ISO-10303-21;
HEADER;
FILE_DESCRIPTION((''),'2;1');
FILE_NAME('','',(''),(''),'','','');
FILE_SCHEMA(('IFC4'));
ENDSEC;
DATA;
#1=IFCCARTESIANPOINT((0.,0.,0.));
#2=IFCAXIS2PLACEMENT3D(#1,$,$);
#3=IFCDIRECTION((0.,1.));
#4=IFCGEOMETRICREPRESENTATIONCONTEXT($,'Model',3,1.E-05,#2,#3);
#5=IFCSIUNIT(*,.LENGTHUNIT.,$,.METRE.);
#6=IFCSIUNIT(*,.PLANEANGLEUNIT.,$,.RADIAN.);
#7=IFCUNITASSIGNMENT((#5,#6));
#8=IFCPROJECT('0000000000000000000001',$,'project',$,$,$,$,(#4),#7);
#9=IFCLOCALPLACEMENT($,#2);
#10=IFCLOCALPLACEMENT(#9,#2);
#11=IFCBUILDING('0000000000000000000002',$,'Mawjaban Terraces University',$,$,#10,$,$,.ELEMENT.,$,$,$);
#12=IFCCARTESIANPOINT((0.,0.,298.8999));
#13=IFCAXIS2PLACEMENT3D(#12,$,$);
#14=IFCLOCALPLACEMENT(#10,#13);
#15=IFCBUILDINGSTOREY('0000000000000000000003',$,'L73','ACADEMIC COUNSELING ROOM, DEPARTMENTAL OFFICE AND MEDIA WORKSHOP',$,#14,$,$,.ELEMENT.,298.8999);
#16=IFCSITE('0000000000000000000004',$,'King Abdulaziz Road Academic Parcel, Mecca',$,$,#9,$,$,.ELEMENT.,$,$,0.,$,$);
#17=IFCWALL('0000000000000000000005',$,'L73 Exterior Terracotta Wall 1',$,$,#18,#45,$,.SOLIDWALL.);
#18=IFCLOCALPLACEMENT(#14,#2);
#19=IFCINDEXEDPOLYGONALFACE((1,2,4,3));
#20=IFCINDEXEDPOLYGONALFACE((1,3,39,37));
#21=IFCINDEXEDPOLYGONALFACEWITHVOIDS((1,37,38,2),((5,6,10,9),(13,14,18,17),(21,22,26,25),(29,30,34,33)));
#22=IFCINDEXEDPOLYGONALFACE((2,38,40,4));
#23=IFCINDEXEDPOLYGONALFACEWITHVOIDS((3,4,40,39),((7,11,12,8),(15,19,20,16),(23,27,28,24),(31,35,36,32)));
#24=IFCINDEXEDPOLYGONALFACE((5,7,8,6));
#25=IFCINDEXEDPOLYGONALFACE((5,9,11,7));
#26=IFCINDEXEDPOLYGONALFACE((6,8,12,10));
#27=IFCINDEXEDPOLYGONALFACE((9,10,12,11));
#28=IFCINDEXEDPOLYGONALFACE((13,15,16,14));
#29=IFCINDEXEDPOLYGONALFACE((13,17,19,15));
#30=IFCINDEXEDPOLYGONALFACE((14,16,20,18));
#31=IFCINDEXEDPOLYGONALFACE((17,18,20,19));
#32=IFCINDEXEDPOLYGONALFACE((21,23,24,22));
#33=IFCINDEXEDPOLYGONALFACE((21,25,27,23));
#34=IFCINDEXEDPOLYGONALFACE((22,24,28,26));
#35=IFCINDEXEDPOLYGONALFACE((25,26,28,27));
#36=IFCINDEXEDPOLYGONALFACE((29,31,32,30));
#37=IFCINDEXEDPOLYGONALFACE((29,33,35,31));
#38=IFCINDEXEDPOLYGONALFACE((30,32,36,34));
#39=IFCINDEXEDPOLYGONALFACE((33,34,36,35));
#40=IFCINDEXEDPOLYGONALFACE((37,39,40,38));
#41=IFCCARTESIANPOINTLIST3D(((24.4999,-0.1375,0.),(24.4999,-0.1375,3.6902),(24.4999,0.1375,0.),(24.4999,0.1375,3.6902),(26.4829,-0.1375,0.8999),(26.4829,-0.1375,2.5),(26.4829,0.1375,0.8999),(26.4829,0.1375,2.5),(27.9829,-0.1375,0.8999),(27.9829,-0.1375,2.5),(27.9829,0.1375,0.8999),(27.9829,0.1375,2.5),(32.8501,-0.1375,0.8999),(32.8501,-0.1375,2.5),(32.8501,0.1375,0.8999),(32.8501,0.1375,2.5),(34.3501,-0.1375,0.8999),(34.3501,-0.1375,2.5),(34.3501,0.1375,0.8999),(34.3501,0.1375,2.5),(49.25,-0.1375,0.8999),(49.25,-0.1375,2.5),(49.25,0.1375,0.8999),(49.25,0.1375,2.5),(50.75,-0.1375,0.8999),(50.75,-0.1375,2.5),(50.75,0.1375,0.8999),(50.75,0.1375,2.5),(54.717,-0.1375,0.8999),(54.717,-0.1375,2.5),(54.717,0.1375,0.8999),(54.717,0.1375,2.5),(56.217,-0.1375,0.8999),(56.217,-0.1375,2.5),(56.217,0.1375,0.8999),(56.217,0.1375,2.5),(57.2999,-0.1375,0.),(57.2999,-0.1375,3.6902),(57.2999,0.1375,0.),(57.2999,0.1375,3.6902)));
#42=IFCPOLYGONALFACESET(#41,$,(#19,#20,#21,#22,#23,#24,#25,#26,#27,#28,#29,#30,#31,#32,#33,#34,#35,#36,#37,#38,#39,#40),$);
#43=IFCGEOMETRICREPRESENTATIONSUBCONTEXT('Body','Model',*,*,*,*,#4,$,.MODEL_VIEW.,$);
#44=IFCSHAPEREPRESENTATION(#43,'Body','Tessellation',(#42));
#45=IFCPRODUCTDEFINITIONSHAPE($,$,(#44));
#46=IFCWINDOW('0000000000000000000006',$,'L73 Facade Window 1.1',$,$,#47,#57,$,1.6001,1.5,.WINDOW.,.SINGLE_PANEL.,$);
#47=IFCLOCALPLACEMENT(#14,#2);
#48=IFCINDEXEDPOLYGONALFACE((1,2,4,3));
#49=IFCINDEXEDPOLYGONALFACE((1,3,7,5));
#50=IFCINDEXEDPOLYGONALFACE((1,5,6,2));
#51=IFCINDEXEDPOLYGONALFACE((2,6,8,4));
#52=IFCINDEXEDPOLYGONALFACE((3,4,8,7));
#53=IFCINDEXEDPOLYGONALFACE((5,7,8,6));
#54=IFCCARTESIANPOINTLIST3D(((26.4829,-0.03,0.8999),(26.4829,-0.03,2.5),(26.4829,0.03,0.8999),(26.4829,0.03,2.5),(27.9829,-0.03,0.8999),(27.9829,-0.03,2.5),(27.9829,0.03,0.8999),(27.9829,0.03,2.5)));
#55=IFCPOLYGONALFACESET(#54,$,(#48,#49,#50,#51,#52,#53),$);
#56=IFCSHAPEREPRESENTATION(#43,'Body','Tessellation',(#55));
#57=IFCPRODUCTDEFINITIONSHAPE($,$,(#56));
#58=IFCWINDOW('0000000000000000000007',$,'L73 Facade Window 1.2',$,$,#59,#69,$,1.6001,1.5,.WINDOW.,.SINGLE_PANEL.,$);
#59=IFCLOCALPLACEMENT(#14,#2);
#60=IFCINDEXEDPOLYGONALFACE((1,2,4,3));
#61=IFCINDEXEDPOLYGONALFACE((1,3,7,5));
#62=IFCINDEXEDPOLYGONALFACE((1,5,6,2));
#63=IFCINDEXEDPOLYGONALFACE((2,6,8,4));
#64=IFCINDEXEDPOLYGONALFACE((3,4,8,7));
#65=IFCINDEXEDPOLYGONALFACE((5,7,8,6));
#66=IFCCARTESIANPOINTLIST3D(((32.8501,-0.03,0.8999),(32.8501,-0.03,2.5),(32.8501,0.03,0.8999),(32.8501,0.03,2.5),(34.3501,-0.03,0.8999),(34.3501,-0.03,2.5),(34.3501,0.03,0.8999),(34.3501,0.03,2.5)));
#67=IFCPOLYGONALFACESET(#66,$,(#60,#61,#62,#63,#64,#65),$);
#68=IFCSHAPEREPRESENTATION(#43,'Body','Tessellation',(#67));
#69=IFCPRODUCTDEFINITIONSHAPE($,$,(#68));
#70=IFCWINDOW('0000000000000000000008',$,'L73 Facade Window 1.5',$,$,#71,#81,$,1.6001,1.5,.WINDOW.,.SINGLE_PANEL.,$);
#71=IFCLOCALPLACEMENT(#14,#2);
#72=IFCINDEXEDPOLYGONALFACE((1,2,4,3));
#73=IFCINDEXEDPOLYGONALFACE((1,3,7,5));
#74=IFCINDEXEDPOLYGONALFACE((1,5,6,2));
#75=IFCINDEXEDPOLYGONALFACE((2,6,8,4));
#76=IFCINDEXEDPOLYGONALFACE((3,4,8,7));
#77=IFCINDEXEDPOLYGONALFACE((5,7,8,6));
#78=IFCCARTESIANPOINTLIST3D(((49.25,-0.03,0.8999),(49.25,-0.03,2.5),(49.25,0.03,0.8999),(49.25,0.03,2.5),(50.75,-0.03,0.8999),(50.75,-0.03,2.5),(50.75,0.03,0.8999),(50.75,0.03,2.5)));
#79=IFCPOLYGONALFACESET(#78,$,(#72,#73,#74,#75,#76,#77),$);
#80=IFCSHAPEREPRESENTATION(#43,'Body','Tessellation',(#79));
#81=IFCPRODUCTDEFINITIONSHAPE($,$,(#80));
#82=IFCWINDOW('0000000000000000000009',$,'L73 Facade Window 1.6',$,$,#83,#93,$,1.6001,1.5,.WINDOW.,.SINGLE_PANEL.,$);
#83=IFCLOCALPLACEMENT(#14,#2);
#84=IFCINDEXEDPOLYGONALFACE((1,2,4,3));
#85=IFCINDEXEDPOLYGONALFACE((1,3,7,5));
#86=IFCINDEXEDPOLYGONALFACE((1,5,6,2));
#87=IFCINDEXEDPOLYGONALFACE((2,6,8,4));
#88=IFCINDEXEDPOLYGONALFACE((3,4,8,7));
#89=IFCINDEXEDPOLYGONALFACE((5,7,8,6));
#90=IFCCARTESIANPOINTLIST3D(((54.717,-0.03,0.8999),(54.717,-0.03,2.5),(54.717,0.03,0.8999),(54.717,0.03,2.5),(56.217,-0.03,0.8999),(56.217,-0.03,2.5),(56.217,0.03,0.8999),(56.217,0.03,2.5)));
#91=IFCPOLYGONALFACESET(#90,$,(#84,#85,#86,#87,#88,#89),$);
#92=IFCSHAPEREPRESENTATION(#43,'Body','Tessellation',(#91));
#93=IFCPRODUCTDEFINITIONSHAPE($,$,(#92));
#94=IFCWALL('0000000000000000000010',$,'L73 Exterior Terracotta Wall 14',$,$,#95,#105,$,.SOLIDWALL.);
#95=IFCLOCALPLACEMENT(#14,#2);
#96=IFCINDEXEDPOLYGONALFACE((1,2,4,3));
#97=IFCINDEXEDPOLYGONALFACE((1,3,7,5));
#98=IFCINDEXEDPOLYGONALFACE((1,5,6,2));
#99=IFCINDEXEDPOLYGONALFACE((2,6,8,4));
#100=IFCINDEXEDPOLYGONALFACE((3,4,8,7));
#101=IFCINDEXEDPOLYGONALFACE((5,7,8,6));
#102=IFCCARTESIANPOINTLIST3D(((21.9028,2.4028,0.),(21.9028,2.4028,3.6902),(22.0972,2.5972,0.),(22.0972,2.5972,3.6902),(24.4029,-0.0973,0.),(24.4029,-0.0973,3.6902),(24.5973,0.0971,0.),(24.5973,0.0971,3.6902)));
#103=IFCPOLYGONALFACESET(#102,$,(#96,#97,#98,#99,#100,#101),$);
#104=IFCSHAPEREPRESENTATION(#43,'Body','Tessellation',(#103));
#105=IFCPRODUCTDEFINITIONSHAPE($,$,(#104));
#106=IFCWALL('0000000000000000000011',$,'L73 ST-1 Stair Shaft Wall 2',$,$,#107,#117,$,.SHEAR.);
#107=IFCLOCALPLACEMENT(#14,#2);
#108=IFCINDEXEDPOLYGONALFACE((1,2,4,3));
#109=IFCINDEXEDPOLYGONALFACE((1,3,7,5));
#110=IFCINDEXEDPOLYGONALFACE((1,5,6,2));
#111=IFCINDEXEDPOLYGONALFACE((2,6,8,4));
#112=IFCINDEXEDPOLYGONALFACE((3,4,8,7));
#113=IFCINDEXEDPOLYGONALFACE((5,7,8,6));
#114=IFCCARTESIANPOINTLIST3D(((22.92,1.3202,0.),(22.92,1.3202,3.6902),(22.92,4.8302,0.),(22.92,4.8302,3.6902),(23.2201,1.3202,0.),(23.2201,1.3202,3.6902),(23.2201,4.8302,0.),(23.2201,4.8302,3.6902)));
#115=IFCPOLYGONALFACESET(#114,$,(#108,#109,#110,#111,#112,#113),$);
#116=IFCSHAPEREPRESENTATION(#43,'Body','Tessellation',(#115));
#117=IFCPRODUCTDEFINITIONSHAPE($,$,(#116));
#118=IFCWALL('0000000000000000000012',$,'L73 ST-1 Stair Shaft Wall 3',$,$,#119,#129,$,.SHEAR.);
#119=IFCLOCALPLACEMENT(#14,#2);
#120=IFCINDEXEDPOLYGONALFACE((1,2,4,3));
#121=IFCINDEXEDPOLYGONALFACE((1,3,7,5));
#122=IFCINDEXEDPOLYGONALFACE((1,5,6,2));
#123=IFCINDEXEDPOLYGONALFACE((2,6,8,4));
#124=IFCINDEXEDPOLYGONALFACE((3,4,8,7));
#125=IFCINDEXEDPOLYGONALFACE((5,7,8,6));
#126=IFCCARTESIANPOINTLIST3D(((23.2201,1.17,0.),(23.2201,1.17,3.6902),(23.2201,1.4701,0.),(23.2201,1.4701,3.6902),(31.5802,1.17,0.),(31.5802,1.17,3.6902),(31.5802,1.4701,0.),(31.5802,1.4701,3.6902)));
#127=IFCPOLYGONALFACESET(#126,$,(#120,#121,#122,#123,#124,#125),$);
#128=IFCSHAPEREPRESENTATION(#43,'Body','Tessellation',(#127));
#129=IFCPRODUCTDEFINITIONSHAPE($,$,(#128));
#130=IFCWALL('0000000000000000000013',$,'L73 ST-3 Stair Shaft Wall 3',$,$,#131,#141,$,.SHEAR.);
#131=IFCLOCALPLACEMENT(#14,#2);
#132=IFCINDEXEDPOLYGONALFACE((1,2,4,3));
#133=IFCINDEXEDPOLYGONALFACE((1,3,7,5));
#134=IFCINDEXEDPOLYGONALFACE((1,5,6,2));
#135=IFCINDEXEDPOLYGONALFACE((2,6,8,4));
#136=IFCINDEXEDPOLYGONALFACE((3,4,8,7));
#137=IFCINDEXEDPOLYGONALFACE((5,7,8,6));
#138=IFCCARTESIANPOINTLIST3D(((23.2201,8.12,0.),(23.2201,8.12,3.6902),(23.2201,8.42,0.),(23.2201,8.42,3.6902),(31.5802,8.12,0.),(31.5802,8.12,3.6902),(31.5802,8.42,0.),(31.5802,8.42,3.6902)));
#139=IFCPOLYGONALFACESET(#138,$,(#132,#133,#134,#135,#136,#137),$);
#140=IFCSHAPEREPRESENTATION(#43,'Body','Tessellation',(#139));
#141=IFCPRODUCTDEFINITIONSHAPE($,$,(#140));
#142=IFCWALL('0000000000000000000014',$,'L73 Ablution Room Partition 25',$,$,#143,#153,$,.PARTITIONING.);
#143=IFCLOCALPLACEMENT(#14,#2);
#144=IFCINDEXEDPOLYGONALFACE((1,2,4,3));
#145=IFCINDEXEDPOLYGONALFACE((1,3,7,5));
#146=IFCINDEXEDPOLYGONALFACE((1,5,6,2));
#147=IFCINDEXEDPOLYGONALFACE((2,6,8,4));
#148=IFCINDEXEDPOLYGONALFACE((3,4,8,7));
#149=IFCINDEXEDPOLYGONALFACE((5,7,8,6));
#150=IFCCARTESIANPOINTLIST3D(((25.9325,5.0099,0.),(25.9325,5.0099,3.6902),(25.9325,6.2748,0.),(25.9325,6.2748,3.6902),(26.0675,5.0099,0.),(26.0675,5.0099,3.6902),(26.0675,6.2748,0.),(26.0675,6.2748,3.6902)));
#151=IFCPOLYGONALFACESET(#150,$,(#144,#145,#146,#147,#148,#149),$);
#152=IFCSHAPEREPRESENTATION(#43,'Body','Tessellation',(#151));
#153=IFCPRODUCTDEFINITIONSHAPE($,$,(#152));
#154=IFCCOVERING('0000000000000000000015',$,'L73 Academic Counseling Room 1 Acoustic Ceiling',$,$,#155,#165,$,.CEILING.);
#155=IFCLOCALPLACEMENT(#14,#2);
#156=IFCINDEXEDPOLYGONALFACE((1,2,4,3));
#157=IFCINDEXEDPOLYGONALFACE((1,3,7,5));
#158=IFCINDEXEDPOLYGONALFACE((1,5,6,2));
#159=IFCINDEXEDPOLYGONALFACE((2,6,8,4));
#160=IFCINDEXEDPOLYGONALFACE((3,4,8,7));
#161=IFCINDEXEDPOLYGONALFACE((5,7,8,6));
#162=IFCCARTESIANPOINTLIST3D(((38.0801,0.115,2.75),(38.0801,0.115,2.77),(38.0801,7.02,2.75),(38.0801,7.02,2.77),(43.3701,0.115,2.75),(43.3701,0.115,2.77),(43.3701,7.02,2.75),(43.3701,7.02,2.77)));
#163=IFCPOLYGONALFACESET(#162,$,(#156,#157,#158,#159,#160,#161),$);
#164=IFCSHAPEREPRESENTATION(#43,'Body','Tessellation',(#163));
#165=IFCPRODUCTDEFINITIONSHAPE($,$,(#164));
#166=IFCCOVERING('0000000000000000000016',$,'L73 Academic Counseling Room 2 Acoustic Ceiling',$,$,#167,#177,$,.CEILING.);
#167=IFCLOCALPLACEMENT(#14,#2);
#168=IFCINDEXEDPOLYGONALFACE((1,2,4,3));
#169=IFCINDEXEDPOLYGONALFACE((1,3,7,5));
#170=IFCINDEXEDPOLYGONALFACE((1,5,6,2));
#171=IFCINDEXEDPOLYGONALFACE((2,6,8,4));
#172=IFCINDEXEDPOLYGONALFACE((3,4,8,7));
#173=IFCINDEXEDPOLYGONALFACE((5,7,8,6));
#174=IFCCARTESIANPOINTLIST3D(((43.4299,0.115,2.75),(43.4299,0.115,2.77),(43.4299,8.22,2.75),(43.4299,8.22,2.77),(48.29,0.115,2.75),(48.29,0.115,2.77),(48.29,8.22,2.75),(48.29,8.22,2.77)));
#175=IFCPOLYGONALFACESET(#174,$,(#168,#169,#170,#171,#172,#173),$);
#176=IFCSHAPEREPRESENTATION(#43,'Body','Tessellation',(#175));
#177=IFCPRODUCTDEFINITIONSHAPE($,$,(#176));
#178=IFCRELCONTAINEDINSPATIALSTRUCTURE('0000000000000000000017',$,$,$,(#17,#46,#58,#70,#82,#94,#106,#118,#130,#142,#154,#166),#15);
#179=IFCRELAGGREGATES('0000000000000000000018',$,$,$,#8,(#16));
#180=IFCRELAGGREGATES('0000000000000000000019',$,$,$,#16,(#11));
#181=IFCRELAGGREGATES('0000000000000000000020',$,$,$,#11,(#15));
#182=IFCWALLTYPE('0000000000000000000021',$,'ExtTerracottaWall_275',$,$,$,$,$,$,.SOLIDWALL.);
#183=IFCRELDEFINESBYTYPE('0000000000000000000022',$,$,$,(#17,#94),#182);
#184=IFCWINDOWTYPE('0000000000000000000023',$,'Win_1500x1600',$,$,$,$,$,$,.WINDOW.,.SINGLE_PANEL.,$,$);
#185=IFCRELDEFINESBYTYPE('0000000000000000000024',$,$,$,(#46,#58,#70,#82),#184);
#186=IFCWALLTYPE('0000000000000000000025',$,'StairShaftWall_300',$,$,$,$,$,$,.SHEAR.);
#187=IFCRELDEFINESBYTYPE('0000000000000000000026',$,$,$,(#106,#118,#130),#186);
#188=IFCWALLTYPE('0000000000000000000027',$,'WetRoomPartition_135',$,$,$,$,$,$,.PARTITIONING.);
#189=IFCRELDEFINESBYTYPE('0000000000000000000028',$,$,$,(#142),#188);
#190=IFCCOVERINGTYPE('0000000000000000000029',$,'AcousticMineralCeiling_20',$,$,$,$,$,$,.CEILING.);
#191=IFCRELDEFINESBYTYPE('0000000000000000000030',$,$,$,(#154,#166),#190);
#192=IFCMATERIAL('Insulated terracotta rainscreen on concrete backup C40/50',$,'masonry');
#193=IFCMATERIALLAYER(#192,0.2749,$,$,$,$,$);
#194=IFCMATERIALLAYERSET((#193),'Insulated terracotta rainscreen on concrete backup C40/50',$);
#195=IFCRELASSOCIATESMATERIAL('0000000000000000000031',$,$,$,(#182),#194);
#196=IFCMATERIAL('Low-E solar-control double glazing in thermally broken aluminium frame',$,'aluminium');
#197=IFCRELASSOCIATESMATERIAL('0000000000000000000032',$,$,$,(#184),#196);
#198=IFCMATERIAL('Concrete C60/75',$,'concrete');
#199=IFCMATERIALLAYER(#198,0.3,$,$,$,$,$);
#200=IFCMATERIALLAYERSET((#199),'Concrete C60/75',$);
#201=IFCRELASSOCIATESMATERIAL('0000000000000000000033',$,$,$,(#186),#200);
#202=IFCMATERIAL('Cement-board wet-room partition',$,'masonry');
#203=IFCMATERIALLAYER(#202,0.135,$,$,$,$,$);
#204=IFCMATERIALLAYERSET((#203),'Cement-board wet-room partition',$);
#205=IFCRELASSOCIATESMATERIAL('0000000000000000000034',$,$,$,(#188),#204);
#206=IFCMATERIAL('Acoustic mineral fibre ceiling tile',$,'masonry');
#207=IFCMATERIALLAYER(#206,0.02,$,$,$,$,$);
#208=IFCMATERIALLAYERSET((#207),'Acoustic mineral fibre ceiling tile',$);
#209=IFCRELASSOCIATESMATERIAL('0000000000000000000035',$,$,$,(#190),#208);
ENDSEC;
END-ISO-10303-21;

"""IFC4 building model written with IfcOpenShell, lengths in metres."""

from ifc_helpers import new_model, si_unit, direction, frame, frame_2d, origin, place, context, subcontext, project, spatial, polyline, rectangle, outline, extrude, material, layer, layer_set, type_object, element, fill, save


model = new_model("IFC4")

# Units and contexts
model_context = context("Model", 3, precision=1e-05, world=origin(), true_north=direction((0.0, 1.0)))
body_context = subcontext(model_context, "Body", "Model", "MODEL_VIEW")
ifc_project = project(units=[si_unit("LENGTHUNIT", "METRE"), si_unit("PLANEANGLEUNIT", "RADIAN")], contexts=[model_context])

# Site, building, storey
site_placement = place(None, origin())
site = spatial("IfcSite", under=ifc_project, at=site_placement, Name="King Abdulaziz Road Academic Parcel, Mecca", CompositionType="ELEMENT", RefElevation=0.0)
building_placement = place(site_placement, origin())
building = spatial("IfcBuilding", under=site, at=building_placement, Name="Mawjaban Terraces University", CompositionType="ELEMENT")
storey_placement = place(building_placement, frame((0.0, 0.0, 298.8999)))
storey = spatial("IfcBuildingStorey", under=building, at=storey_placement, Name="L73", Description="ACADEMIC COUNSELING ROOM, DEPARTMENTAL OFFICE AND MEDIA WORKSHOP", CompositionType="ELEMENT", Elevation=298.8999)

# Wall, openings, windows
ifc_material_1 = material(Name="Insulated terracotta rainscreen on concrete backup C40/50", Category="masonry")
ifc_layer_1 = layer(ifc_material_1, 0.2749)
ifc_layer_set_1 = layer_set([ifc_layer_1], Name="Insulated terracotta rainscreen on concrete backup C40/50")
wall_type_1 = type_object("IfcWallType", Name="ExtTerracottaWall_275", PredefinedType="SOLIDWALL", material=ifc_layer_set_1)
wall_1_placement = place(storey_placement, frame((24.5, 0.0, 0.0), z_axis=(0.0, 0.0, 1.0), x_axis=(1.0, 0.0, 0.0)))
wall_1 = element("IfcWall", 1, at=wall_1_placement, inside=storey, type_object=wall_type_1, Name="L73 Exterior Terracotta Wall 1", PredefinedType="SOLIDWALL", context=body_context, shape_type="SweptSolid", body=[
    extrude(rectangle(XDim=32.8, YDim=0.2749, at=frame_2d((16.3999, 0.0))), origin(), (0.0, 0.0, 1.0), 3.6902),
])
opening_1_placement = place(wall_1_placement, frame((1.9829, 0.0, 0.8999)))
opening_1 = element("IfcOpeningElement", 2, at=opening_1_placement, cuts=wall_1, PredefinedType="OPENING", context=body_context, shape_type="SweptSolid", body=[
    extrude(rectangle(XDim=1.5, YDim=1.6001, at=frame_2d((0.75, 0.8))), frame((0.0, 0.1475, 0.0), z_axis=(0.0, -1.0, 0.0), x_axis=(1.0, 0.0, 0.0)), (0.0, 0.0, 1.0), 0.2949),
])
opening_2_placement = place(wall_1_placement, frame((8.3501, 0.0, 0.8999)))
opening_2 = element("IfcOpeningElement", 3, at=opening_2_placement, cuts=wall_1, PredefinedType="OPENING", context=body_context, shape_type="SweptSolid", body=[
    extrude(rectangle(XDim=1.5, YDim=1.6001, at=frame_2d((0.75, 0.8))), frame((0.0, 0.1475, 0.0), z_axis=(0.0, -1.0, 0.0), x_axis=(1.0, 0.0, 0.0)), (0.0, 0.0, 1.0), 0.2949),
])
opening_3_placement = place(wall_1_placement, frame((24.75, 0.0, 0.8999)))
opening_3 = element("IfcOpeningElement", 4, at=opening_3_placement, cuts=wall_1, PredefinedType="OPENING", context=body_context, shape_type="SweptSolid", body=[
    extrude(rectangle(XDim=1.5, YDim=1.6001, at=frame_2d((0.75, 0.8))), frame((0.0, 0.1475, 0.0), z_axis=(0.0, -1.0, 0.0), x_axis=(1.0, 0.0, 0.0)), (0.0, 0.0, 1.0), 0.2949),
])
opening_4_placement = place(wall_1_placement, frame((30.217, 0.0, 0.8999)))
opening_4 = element("IfcOpeningElement", 5, at=opening_4_placement, cuts=wall_1, PredefinedType="OPENING", context=body_context, shape_type="SweptSolid", body=[
    extrude(rectangle(XDim=1.5, YDim=1.6001, at=frame_2d((0.75, 0.8))), frame((0.0, 0.1475, 0.0), z_axis=(0.0, -1.0, 0.0), x_axis=(1.0, 0.0, 0.0)), (0.0, 0.0, 1.0), 0.2949),
])
ifc_material_2 = material(Name="Low-E solar-control double glazing in thermally broken aluminium frame", Category="aluminium")
window_type = type_object("IfcWindowType", Name="Win_1500x1600", PartitioningType="SINGLE_PANEL", PredefinedType="WINDOW", material=ifc_material_2)
window_1_placement = place(opening_1_placement, origin())
window_1 = element("IfcWindow", 6, at=window_1_placement, inside=storey, type_object=window_type, Name="L73 Facade Window 1.1", OverallHeight=1.6001, OverallWidth=1.5, PartitioningType="SINGLE_PANEL", PredefinedType="WINDOW", context=body_context, shape_type="SweptSolid", body=[
    extrude(rectangle(XDim=1.5, YDim=1.6001, at=frame_2d((0.75, 0.8))), frame((0.0, 0.03, 0.0), z_axis=(0.0, -1.0, 0.0), x_axis=(1.0, 0.0, 0.0)), (0.0, 0.0, 1.0), 0.0601),
])
fill(opening_1, window_1)
window_2_placement = place(opening_2_placement, origin())
window_2 = element("IfcWindow", 7, at=window_2_placement, inside=storey, type_object=window_type, Name="L73 Facade Window 1.2", OverallHeight=1.6001, OverallWidth=1.5, PartitioningType="SINGLE_PANEL", PredefinedType="WINDOW", context=body_context, shape_type="SweptSolid", body=[
    extrude(rectangle(XDim=1.5, YDim=1.6001, at=frame_2d((0.75, 0.8))), frame((0.0, 0.03, 0.0), z_axis=(0.0, -1.0, 0.0), x_axis=(1.0, 0.0, 0.0)), (0.0, 0.0, 1.0), 0.0601),
])
fill(opening_2, window_2)
window_3_placement = place(opening_3_placement, origin())
window_3 = element("IfcWindow", 8, at=window_3_placement, inside=storey, type_object=window_type, Name="L73 Facade Window 1.5", OverallHeight=1.6001, OverallWidth=1.5, PartitioningType="SINGLE_PANEL", PredefinedType="WINDOW", context=body_context, shape_type="SweptSolid", body=[
    extrude(rectangle(XDim=1.5, YDim=1.6001, at=frame_2d((0.75, 0.8))), frame((0.0, 0.03, 0.0), z_axis=(0.0, -1.0, 0.0), x_axis=(1.0, 0.0, 0.0)), (0.0, 0.0, 1.0), 0.0601),
])
fill(opening_3, window_3)
window_4_placement = place(opening_4_placement, origin())
window_4 = element("IfcWindow", 9, at=window_4_placement, inside=storey, type_object=window_type, Name="L73 Facade Window 1.6", OverallHeight=1.6001, OverallWidth=1.5, PartitioningType="SINGLE_PANEL", PredefinedType="WINDOW", context=body_context, shape_type="SweptSolid", body=[
    extrude(rectangle(XDim=1.5, YDim=1.6001, at=frame_2d((0.75, 0.8))), frame((0.0, 0.03, 0.0), z_axis=(0.0, -1.0, 0.0), x_axis=(1.0, 0.0, 0.0)), (0.0, 0.0, 1.0), 0.0601),
])
fill(opening_4, window_4)

# Walls
wall_2_placement = place(storey_placement, frame((22.0, 2.5, 0.0), z_axis=(0.0, 0.0, 1.0), x_axis=(0.707107, -0.707107, 0.0)))
element("IfcWall", 10, at=wall_2_placement, inside=storey, type_object=wall_type_1, Name="L73 Exterior Terracotta Wall 14", PredefinedType="SOLIDWALL", context=body_context, shape_type="SweptSolid", body=[
    extrude(rectangle(XDim=3.5356, YDim=0.2749, at=frame_2d((1.7678, 0.0))), origin(), (0.0, 0.0, 1.0), 3.6902),
])
ifc_material_3 = material(Name="Concrete C60/75", Category="concrete")
ifc_layer_2 = layer(ifc_material_3, 0.3)
ifc_layer_set_2 = layer_set([ifc_layer_2], Name="Concrete C60/75")
wall_type_2 = type_object("IfcWallType", Name="StairShaftWall_300", PredefinedType="SHEAR", material=ifc_layer_set_2)
wall_3_placement = place(storey_placement, frame((23.0701, 4.8301, 0.0), z_axis=(0.0, 0.0, 1.0), x_axis=(0.0, -1.0, 0.0)))
element("IfcWall", 11, at=wall_3_placement, inside=storey, type_object=wall_type_2, Name="L73 ST-1 Stair Shaft Wall 2", PredefinedType="SHEAR", context=body_context, shape_type="SweptSolid", body=[
    extrude(rectangle(XDim=3.51, YDim=0.3, at=frame_2d((1.7549, 0.0))), origin(), (0.0, 0.0, 1.0), 3.6902),
])
for number, where, z_axis, x_axis, name in (
    (12, (23.22, 1.3201, 0.0), (0.0, 0.0, 1.0), (1.0, 0.0, 0.0), "L73 ST-1 Stair Shaft Wall 3"),
    (13, (23.22, 8.27, 0.0), (0.0, 0.0, 1.0), (1.0, 0.0, 0.0), "L73 ST-3 Stair Shaft Wall 3"),
):
    element("IfcWall", number, at=place(storey_placement, frame(where, z_axis=z_axis, x_axis=x_axis)), inside=storey, type_object=wall_type_2, Name=name, PredefinedType="SHEAR", context=body_context, shape_type="SweptSolid", body=[
        extrude(rectangle(XDim=8.3601, YDim=0.3, at=frame_2d((4.1802, 0.0))), origin(), (0.0, 0.0, 1.0), 3.6902),
    ])
ifc_material_4 = material(Name="Cement-board wet-room partition", Category="masonry")
ifc_layer_3 = layer(ifc_material_4, 0.135)
ifc_layer_set_3 = layer_set([ifc_layer_3], Name="Cement-board wet-room partition")
wall_type_3 = type_object("IfcWallType", Name="WetRoomPartition_135", PredefinedType="PARTITIONING", material=ifc_layer_set_3)
wall_4_placement = place(storey_placement, frame((26.0, 5.01, 0.0), z_axis=(0.0, 0.0, 1.0), x_axis=(0.0, 1.0, 0.0)))
element("IfcWall", 14, at=wall_4_placement, inside=storey, type_object=wall_type_3, Name="L73 Ablution Room Partition 25", PredefinedType="PARTITIONING", context=body_context, shape_type="SweptSolid", body=[
    extrude(rectangle(XDim=1.2649, YDim=0.135, at=frame_2d((0.6323, 0.0))), origin(), (0.0, 0.0, 1.0), 3.6902),
])

# Coverings
ifc_material_5 = material(Name="Acoustic mineral fibre ceiling tile", Category="masonry")
ifc_layer_4 = layer(ifc_material_5, 0.02)
ifc_layer_set_4 = layer_set([ifc_layer_4], Name="Acoustic mineral fibre ceiling tile")
covering_type_1 = type_object("IfcCoveringType", Name="AcousticMineralCeiling_20", PredefinedType="CEILING", material=ifc_layer_set_4)
covering_1_placement = place(storey_placement, frame((0.0, 0.0, 2.75)))
element("IfcCovering", 15, at=covering_1_placement, inside=storey, type_object=covering_type_1, Name="L73 Academic Counseling Room 1 Acoustic Ceiling", PredefinedType="CEILING", context=body_context, shape_type="SweptSolid", body=[
    extrude(outline(polyline([(38.0801, 7.02), (38.0801, 0.115), (43.3701, 0.115), (43.3701, 7.02), (38.0801, 7.02)])), origin(), (0.0, 0.0, 1.0), 0.02),
])
covering_2_placement = place(storey_placement, frame((0.0, 0.0, 2.75)))
element("IfcCovering", 16, at=covering_2_placement, inside=storey, type_object=covering_type_1, Name="L73 Academic Counseling Room 2 Acoustic Ceiling", PredefinedType="CEILING", context=body_context, shape_type="SweptSolid", body=[
    extrude(outline(polyline([(43.4299, 0.115), (48.29, 0.115), (48.29, 8.22), (43.4299, 8.22), (43.4299, 0.115)])), origin(), (0.0, 0.0, 1.0), 0.02),
])

save(model, "model.ifc")
